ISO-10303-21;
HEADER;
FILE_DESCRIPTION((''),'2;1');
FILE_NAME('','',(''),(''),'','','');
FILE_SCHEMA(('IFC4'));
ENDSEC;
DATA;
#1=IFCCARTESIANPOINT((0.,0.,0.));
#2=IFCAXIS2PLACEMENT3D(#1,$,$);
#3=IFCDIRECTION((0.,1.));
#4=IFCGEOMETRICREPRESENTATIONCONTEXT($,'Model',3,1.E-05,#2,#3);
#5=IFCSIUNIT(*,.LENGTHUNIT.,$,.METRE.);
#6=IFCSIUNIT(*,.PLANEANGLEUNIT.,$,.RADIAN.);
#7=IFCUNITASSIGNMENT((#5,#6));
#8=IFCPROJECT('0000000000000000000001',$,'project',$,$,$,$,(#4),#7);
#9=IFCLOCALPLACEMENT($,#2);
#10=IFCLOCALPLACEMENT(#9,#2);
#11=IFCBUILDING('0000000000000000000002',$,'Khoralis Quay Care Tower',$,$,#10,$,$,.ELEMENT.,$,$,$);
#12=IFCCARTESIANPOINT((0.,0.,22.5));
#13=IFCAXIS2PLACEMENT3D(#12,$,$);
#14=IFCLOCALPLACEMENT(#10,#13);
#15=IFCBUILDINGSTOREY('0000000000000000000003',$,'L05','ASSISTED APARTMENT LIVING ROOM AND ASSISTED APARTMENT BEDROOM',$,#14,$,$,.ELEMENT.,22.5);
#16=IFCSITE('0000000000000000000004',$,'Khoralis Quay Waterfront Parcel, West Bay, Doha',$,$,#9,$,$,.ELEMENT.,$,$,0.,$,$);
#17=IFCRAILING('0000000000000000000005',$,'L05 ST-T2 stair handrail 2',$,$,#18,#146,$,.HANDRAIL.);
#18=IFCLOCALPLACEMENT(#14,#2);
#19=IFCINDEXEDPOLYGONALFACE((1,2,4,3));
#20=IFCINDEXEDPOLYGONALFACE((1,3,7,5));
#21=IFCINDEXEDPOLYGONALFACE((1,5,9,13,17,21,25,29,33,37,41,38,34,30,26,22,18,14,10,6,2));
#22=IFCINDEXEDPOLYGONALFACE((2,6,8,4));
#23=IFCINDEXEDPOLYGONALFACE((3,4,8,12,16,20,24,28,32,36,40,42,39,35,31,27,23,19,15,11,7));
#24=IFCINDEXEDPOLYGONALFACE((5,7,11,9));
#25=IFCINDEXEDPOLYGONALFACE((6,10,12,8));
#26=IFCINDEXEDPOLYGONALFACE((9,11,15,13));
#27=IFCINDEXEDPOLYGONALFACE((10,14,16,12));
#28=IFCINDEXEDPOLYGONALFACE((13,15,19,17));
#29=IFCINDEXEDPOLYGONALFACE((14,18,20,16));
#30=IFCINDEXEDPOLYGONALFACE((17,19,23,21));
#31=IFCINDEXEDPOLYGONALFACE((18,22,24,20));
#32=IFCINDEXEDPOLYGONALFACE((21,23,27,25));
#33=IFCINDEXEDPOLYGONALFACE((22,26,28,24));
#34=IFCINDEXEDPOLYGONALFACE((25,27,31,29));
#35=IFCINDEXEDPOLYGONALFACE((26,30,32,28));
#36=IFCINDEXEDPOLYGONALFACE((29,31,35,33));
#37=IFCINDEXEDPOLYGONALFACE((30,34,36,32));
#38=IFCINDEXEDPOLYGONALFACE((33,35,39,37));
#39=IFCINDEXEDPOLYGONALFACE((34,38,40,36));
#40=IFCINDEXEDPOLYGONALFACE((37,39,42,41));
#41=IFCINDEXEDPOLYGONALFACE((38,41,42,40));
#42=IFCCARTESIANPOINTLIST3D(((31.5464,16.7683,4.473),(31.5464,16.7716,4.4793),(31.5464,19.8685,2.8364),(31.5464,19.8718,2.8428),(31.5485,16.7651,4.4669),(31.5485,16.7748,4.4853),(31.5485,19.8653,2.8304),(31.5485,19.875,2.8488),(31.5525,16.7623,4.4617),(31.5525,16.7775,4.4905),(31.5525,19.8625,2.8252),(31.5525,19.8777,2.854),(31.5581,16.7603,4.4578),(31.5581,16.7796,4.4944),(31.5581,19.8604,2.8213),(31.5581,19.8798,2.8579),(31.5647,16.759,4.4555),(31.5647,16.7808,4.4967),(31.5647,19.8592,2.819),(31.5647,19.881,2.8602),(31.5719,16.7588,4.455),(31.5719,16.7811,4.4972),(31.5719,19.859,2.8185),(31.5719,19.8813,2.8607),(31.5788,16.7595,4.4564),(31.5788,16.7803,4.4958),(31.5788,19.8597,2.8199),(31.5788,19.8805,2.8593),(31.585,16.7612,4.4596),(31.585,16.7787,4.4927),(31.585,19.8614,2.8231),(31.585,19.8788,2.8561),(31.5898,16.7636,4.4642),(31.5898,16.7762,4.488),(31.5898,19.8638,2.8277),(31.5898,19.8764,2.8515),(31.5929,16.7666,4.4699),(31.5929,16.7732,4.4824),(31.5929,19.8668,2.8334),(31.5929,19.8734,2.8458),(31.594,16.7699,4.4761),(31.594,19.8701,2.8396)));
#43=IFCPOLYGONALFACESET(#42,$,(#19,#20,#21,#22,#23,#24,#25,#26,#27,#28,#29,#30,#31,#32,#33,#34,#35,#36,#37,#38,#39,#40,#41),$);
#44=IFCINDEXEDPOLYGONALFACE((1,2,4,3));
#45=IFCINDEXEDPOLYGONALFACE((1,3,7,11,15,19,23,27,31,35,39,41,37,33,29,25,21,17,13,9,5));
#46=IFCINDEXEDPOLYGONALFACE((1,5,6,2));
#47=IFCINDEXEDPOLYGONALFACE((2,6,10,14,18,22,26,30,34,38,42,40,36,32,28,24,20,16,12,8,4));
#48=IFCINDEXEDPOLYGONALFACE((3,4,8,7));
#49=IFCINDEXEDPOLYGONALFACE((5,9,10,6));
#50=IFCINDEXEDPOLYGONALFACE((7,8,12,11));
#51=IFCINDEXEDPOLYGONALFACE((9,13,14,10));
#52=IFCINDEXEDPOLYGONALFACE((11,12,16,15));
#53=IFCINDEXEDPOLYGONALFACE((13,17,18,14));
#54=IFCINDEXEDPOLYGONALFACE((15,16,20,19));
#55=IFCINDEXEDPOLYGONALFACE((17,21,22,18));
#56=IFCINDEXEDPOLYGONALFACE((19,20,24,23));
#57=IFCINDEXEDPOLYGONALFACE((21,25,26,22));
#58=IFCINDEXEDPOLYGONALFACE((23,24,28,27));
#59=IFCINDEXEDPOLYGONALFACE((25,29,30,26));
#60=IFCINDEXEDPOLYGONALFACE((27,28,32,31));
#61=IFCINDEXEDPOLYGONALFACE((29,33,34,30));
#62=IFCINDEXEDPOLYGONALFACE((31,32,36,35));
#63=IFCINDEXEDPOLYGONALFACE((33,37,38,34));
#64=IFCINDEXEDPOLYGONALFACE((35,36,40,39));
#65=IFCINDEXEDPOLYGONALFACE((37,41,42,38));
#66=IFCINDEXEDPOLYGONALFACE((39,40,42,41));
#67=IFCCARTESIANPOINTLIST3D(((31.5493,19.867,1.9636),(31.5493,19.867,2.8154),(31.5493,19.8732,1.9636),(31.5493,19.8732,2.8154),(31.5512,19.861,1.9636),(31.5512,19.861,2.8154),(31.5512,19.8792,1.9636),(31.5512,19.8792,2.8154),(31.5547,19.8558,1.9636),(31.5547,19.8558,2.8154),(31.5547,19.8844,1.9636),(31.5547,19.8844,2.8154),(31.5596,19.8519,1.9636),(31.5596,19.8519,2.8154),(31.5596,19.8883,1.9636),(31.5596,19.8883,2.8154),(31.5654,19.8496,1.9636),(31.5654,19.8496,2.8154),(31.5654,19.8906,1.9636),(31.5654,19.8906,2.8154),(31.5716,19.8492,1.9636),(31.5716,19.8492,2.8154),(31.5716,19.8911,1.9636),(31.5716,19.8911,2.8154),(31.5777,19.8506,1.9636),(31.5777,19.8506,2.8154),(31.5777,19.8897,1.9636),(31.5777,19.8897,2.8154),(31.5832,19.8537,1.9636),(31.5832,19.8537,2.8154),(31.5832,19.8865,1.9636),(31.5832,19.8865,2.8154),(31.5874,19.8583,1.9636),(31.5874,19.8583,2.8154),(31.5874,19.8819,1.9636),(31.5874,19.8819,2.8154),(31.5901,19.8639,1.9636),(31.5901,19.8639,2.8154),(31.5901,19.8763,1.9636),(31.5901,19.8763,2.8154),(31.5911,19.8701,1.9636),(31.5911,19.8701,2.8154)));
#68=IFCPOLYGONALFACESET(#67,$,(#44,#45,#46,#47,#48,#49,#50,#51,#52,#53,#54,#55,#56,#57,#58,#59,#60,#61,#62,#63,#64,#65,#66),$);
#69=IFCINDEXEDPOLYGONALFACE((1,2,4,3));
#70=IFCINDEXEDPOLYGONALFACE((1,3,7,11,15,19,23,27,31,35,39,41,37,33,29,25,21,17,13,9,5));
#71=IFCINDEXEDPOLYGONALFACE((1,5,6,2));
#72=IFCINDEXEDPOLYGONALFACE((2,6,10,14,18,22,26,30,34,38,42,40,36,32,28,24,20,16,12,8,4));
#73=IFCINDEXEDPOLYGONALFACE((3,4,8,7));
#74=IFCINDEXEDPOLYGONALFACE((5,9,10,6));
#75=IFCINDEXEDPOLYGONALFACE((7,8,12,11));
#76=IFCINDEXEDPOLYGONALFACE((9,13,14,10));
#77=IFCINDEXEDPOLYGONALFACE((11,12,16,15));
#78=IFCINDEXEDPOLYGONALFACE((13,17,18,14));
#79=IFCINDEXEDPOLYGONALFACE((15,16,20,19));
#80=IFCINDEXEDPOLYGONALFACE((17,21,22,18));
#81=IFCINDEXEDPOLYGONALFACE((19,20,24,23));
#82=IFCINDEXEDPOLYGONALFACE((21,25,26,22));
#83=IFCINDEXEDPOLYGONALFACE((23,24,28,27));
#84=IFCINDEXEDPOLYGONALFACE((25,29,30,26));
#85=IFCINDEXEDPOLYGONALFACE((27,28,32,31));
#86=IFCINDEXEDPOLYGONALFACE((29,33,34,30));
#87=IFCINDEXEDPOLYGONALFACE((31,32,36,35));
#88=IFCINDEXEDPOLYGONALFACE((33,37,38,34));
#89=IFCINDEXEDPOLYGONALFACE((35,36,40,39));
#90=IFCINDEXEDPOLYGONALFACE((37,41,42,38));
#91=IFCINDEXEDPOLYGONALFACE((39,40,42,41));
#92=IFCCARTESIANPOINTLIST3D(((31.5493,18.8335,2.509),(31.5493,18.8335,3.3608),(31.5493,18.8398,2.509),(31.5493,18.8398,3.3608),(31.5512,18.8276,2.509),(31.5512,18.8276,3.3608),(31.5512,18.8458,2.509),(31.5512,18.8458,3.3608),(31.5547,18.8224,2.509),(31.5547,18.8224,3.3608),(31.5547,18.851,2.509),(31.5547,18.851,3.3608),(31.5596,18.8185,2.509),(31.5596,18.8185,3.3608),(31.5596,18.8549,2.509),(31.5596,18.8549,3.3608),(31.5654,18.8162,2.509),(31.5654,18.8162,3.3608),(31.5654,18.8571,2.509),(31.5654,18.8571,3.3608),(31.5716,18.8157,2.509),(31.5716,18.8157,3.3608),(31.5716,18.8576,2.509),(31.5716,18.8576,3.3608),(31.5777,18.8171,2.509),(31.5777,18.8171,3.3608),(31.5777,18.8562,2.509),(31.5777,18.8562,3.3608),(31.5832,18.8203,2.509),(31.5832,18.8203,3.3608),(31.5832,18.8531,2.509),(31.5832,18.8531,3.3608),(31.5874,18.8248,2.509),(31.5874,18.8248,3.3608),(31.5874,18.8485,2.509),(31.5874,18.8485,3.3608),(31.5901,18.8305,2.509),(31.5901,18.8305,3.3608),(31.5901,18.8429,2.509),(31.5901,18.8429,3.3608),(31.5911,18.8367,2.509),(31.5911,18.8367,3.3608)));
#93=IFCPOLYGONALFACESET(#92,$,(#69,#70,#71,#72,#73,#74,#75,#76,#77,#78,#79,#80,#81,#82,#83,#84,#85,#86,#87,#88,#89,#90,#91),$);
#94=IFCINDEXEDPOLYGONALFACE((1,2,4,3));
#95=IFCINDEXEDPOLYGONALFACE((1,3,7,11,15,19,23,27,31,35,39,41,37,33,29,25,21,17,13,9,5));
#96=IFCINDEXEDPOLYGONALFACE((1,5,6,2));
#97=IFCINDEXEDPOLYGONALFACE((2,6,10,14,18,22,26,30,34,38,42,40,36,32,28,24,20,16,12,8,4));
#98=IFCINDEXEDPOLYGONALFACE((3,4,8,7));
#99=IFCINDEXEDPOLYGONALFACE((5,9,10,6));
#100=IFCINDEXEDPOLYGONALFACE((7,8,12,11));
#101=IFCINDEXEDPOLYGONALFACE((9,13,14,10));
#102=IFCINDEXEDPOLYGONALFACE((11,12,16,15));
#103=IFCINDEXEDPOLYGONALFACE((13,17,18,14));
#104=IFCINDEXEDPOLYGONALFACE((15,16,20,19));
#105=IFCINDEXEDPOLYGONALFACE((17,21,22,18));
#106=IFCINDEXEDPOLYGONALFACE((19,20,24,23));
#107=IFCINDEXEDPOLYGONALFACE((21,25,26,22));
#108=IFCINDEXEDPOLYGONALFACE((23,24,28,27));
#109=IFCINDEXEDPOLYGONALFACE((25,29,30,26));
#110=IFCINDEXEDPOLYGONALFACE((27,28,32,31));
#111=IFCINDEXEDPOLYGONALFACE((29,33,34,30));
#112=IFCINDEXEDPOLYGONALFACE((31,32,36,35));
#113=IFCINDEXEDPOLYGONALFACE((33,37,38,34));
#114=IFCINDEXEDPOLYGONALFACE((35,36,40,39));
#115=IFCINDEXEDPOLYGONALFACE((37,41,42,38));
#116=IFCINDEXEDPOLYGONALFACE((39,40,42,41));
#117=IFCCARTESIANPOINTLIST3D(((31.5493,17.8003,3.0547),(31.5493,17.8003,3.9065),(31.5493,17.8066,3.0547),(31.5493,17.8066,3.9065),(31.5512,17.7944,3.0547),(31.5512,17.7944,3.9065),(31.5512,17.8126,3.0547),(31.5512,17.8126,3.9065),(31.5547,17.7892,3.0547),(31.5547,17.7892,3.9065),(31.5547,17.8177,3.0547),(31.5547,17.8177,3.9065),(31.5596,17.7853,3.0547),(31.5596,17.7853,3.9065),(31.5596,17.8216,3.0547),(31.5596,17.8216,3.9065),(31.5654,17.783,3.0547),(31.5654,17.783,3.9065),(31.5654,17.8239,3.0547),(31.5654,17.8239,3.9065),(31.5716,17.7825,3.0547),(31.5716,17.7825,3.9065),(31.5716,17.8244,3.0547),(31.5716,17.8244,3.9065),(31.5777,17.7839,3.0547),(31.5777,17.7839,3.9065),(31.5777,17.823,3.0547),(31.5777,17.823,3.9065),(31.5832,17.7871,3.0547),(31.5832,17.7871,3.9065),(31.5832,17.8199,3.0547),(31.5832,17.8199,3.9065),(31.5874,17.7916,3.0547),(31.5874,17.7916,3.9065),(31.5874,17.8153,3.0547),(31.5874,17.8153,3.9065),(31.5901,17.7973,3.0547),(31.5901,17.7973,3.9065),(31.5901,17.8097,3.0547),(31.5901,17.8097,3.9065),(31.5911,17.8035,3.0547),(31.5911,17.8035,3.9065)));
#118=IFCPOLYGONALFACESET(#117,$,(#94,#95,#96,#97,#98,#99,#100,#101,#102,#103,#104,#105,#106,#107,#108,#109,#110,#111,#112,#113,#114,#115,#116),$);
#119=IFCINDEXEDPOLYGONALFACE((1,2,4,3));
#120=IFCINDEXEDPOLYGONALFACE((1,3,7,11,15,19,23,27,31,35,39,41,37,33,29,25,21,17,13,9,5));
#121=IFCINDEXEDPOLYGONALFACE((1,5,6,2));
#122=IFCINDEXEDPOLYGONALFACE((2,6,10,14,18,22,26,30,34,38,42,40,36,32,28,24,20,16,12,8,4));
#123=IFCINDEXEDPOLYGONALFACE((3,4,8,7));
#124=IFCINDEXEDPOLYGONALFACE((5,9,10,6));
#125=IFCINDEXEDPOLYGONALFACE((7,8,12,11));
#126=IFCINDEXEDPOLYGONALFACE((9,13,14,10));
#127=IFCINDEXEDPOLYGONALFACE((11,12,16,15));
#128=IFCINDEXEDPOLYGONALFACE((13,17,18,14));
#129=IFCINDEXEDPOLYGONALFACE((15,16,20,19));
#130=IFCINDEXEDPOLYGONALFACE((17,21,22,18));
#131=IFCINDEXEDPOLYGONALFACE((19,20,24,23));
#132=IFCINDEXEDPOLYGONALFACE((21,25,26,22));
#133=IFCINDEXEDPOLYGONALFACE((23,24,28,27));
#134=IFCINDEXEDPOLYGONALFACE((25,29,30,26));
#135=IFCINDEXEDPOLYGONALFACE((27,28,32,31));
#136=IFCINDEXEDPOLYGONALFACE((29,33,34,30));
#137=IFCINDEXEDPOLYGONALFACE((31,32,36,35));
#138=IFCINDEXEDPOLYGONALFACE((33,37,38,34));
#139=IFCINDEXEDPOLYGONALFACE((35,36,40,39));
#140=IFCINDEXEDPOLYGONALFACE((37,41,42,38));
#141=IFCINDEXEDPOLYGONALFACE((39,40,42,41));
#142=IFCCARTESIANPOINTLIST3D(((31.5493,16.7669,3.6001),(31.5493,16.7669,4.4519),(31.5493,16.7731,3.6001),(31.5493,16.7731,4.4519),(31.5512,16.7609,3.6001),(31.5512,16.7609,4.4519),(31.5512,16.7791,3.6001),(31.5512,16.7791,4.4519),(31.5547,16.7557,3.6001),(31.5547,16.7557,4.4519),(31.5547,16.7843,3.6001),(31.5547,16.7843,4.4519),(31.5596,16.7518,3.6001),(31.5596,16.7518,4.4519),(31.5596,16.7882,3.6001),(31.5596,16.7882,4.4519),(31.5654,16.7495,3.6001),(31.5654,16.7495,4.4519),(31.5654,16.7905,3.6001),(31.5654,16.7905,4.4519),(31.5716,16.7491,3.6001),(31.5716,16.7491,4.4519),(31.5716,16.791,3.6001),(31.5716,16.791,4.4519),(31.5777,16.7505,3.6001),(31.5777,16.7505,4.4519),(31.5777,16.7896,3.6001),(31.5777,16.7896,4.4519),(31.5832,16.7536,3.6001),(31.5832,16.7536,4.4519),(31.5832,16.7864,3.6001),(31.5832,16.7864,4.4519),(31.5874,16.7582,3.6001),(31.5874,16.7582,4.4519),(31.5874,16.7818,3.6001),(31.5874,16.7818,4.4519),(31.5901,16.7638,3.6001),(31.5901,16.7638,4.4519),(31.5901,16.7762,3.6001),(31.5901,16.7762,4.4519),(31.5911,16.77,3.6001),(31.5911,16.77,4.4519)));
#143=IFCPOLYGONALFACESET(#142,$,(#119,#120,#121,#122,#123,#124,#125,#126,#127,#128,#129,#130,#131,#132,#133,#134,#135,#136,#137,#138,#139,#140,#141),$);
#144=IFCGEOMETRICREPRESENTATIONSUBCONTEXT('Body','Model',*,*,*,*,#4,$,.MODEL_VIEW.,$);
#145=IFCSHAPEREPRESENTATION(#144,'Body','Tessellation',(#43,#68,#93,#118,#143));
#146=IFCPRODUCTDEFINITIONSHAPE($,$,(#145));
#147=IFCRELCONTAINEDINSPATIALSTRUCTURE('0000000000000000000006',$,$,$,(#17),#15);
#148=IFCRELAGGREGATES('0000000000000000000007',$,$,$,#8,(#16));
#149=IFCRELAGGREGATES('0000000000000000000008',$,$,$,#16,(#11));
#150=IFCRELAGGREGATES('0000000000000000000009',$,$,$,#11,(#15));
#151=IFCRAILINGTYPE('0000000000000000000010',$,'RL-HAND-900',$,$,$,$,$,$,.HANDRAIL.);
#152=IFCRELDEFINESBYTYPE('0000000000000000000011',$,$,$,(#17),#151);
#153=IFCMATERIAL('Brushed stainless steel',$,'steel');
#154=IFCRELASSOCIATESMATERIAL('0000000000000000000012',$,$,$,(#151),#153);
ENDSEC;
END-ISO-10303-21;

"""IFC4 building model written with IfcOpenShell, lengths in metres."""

from ifc_helpers import new_model, si_unit, direction, frame, origin, origin_2d, place, context, subcontext, project, spatial, circle, extrude, material, type_object, element, save


model = new_model("IFC4")

# Units and contexts
model_context = context("Model", 3, precision=1e-05, world=origin(), true_north=direction((0.0, 1.0)))
body_context = subcontext(model_context, "Body", "Model", "MODEL_VIEW")
ifc_project = project(units=[si_unit("LENGTHUNIT", "METRE"), si_unit("PLANEANGLEUNIT", "RADIAN")], contexts=[model_context])

# Site, building, storey
site_placement = place(None, origin())
site = spatial("IfcSite", under=ifc_project, at=site_placement, Name="Khoralis Quay Waterfront Parcel, West Bay, Doha", CompositionType="ELEMENT", RefElevation=0.0)
building_placement = place(site_placement, origin())
building = spatial("IfcBuilding", under=site, at=building_placement, Name="Khoralis Quay Care Tower", CompositionType="ELEMENT")
storey_placement = place(building_placement, frame((0.0, 0.0, 22.5)))
storey = spatial("IfcBuildingStorey", under=building, at=storey_placement, Name="L05", Description="ASSISTED APARTMENT LIVING ROOM AND ASSISTED APARTMENT BEDROOM", CompositionType="ELEMENT", Elevation=22.5)

# Shared definitions
ifc_material_1 = material(Name="Brushed stainless steel", Category="steel")

# Railing
railing_type_1 = type_object("IfcRailingType", Name="RL-HAND-900", PredefinedType="HANDRAIL", material=ifc_material_1)
railing_1_placement = place(storey_placement, frame((31.5701, 19.8701, 1.9636)))
element("IfcRailing", 1, at=railing_1_placement, inside=storey, type_object=railing_type_1, Name="L05 ST-T2 stair handrail 2", PredefinedType="HANDRAIL", context=body_context, shape_type="SweptSolid", body=[
    extrude(circle(Radius=0.0239, at=origin_2d()), frame((0.0, 0.0, 0.876), z_axis=(0.0, -0.884348, 0.466828), x_axis=(1.0, 0.0, 0.0)), (0.0, 0.0, 1.0), 3.5056),
    extrude(circle(Radius=0.021, at=origin_2d()), origin(), (0.0, 0.0, 1.0), 0.8518),
    extrude(circle(Radius=0.021, at=origin_2d()), frame((0.0, -1.0334, 0.5454)), (0.0, 0.0, 1.0), 0.8518),
    extrude(circle(Radius=0.021, at=origin_2d()), frame((0.0, -2.0667, 1.0911)), (0.0, 0.0, 1.0), 0.8518),
    extrude(circle(Radius=0.021, at=origin_2d()), frame((0.0, -3.1001, 1.6365)), (0.0, 0.0, 1.0), 0.8518),
])

save(model, "model.ifc")
